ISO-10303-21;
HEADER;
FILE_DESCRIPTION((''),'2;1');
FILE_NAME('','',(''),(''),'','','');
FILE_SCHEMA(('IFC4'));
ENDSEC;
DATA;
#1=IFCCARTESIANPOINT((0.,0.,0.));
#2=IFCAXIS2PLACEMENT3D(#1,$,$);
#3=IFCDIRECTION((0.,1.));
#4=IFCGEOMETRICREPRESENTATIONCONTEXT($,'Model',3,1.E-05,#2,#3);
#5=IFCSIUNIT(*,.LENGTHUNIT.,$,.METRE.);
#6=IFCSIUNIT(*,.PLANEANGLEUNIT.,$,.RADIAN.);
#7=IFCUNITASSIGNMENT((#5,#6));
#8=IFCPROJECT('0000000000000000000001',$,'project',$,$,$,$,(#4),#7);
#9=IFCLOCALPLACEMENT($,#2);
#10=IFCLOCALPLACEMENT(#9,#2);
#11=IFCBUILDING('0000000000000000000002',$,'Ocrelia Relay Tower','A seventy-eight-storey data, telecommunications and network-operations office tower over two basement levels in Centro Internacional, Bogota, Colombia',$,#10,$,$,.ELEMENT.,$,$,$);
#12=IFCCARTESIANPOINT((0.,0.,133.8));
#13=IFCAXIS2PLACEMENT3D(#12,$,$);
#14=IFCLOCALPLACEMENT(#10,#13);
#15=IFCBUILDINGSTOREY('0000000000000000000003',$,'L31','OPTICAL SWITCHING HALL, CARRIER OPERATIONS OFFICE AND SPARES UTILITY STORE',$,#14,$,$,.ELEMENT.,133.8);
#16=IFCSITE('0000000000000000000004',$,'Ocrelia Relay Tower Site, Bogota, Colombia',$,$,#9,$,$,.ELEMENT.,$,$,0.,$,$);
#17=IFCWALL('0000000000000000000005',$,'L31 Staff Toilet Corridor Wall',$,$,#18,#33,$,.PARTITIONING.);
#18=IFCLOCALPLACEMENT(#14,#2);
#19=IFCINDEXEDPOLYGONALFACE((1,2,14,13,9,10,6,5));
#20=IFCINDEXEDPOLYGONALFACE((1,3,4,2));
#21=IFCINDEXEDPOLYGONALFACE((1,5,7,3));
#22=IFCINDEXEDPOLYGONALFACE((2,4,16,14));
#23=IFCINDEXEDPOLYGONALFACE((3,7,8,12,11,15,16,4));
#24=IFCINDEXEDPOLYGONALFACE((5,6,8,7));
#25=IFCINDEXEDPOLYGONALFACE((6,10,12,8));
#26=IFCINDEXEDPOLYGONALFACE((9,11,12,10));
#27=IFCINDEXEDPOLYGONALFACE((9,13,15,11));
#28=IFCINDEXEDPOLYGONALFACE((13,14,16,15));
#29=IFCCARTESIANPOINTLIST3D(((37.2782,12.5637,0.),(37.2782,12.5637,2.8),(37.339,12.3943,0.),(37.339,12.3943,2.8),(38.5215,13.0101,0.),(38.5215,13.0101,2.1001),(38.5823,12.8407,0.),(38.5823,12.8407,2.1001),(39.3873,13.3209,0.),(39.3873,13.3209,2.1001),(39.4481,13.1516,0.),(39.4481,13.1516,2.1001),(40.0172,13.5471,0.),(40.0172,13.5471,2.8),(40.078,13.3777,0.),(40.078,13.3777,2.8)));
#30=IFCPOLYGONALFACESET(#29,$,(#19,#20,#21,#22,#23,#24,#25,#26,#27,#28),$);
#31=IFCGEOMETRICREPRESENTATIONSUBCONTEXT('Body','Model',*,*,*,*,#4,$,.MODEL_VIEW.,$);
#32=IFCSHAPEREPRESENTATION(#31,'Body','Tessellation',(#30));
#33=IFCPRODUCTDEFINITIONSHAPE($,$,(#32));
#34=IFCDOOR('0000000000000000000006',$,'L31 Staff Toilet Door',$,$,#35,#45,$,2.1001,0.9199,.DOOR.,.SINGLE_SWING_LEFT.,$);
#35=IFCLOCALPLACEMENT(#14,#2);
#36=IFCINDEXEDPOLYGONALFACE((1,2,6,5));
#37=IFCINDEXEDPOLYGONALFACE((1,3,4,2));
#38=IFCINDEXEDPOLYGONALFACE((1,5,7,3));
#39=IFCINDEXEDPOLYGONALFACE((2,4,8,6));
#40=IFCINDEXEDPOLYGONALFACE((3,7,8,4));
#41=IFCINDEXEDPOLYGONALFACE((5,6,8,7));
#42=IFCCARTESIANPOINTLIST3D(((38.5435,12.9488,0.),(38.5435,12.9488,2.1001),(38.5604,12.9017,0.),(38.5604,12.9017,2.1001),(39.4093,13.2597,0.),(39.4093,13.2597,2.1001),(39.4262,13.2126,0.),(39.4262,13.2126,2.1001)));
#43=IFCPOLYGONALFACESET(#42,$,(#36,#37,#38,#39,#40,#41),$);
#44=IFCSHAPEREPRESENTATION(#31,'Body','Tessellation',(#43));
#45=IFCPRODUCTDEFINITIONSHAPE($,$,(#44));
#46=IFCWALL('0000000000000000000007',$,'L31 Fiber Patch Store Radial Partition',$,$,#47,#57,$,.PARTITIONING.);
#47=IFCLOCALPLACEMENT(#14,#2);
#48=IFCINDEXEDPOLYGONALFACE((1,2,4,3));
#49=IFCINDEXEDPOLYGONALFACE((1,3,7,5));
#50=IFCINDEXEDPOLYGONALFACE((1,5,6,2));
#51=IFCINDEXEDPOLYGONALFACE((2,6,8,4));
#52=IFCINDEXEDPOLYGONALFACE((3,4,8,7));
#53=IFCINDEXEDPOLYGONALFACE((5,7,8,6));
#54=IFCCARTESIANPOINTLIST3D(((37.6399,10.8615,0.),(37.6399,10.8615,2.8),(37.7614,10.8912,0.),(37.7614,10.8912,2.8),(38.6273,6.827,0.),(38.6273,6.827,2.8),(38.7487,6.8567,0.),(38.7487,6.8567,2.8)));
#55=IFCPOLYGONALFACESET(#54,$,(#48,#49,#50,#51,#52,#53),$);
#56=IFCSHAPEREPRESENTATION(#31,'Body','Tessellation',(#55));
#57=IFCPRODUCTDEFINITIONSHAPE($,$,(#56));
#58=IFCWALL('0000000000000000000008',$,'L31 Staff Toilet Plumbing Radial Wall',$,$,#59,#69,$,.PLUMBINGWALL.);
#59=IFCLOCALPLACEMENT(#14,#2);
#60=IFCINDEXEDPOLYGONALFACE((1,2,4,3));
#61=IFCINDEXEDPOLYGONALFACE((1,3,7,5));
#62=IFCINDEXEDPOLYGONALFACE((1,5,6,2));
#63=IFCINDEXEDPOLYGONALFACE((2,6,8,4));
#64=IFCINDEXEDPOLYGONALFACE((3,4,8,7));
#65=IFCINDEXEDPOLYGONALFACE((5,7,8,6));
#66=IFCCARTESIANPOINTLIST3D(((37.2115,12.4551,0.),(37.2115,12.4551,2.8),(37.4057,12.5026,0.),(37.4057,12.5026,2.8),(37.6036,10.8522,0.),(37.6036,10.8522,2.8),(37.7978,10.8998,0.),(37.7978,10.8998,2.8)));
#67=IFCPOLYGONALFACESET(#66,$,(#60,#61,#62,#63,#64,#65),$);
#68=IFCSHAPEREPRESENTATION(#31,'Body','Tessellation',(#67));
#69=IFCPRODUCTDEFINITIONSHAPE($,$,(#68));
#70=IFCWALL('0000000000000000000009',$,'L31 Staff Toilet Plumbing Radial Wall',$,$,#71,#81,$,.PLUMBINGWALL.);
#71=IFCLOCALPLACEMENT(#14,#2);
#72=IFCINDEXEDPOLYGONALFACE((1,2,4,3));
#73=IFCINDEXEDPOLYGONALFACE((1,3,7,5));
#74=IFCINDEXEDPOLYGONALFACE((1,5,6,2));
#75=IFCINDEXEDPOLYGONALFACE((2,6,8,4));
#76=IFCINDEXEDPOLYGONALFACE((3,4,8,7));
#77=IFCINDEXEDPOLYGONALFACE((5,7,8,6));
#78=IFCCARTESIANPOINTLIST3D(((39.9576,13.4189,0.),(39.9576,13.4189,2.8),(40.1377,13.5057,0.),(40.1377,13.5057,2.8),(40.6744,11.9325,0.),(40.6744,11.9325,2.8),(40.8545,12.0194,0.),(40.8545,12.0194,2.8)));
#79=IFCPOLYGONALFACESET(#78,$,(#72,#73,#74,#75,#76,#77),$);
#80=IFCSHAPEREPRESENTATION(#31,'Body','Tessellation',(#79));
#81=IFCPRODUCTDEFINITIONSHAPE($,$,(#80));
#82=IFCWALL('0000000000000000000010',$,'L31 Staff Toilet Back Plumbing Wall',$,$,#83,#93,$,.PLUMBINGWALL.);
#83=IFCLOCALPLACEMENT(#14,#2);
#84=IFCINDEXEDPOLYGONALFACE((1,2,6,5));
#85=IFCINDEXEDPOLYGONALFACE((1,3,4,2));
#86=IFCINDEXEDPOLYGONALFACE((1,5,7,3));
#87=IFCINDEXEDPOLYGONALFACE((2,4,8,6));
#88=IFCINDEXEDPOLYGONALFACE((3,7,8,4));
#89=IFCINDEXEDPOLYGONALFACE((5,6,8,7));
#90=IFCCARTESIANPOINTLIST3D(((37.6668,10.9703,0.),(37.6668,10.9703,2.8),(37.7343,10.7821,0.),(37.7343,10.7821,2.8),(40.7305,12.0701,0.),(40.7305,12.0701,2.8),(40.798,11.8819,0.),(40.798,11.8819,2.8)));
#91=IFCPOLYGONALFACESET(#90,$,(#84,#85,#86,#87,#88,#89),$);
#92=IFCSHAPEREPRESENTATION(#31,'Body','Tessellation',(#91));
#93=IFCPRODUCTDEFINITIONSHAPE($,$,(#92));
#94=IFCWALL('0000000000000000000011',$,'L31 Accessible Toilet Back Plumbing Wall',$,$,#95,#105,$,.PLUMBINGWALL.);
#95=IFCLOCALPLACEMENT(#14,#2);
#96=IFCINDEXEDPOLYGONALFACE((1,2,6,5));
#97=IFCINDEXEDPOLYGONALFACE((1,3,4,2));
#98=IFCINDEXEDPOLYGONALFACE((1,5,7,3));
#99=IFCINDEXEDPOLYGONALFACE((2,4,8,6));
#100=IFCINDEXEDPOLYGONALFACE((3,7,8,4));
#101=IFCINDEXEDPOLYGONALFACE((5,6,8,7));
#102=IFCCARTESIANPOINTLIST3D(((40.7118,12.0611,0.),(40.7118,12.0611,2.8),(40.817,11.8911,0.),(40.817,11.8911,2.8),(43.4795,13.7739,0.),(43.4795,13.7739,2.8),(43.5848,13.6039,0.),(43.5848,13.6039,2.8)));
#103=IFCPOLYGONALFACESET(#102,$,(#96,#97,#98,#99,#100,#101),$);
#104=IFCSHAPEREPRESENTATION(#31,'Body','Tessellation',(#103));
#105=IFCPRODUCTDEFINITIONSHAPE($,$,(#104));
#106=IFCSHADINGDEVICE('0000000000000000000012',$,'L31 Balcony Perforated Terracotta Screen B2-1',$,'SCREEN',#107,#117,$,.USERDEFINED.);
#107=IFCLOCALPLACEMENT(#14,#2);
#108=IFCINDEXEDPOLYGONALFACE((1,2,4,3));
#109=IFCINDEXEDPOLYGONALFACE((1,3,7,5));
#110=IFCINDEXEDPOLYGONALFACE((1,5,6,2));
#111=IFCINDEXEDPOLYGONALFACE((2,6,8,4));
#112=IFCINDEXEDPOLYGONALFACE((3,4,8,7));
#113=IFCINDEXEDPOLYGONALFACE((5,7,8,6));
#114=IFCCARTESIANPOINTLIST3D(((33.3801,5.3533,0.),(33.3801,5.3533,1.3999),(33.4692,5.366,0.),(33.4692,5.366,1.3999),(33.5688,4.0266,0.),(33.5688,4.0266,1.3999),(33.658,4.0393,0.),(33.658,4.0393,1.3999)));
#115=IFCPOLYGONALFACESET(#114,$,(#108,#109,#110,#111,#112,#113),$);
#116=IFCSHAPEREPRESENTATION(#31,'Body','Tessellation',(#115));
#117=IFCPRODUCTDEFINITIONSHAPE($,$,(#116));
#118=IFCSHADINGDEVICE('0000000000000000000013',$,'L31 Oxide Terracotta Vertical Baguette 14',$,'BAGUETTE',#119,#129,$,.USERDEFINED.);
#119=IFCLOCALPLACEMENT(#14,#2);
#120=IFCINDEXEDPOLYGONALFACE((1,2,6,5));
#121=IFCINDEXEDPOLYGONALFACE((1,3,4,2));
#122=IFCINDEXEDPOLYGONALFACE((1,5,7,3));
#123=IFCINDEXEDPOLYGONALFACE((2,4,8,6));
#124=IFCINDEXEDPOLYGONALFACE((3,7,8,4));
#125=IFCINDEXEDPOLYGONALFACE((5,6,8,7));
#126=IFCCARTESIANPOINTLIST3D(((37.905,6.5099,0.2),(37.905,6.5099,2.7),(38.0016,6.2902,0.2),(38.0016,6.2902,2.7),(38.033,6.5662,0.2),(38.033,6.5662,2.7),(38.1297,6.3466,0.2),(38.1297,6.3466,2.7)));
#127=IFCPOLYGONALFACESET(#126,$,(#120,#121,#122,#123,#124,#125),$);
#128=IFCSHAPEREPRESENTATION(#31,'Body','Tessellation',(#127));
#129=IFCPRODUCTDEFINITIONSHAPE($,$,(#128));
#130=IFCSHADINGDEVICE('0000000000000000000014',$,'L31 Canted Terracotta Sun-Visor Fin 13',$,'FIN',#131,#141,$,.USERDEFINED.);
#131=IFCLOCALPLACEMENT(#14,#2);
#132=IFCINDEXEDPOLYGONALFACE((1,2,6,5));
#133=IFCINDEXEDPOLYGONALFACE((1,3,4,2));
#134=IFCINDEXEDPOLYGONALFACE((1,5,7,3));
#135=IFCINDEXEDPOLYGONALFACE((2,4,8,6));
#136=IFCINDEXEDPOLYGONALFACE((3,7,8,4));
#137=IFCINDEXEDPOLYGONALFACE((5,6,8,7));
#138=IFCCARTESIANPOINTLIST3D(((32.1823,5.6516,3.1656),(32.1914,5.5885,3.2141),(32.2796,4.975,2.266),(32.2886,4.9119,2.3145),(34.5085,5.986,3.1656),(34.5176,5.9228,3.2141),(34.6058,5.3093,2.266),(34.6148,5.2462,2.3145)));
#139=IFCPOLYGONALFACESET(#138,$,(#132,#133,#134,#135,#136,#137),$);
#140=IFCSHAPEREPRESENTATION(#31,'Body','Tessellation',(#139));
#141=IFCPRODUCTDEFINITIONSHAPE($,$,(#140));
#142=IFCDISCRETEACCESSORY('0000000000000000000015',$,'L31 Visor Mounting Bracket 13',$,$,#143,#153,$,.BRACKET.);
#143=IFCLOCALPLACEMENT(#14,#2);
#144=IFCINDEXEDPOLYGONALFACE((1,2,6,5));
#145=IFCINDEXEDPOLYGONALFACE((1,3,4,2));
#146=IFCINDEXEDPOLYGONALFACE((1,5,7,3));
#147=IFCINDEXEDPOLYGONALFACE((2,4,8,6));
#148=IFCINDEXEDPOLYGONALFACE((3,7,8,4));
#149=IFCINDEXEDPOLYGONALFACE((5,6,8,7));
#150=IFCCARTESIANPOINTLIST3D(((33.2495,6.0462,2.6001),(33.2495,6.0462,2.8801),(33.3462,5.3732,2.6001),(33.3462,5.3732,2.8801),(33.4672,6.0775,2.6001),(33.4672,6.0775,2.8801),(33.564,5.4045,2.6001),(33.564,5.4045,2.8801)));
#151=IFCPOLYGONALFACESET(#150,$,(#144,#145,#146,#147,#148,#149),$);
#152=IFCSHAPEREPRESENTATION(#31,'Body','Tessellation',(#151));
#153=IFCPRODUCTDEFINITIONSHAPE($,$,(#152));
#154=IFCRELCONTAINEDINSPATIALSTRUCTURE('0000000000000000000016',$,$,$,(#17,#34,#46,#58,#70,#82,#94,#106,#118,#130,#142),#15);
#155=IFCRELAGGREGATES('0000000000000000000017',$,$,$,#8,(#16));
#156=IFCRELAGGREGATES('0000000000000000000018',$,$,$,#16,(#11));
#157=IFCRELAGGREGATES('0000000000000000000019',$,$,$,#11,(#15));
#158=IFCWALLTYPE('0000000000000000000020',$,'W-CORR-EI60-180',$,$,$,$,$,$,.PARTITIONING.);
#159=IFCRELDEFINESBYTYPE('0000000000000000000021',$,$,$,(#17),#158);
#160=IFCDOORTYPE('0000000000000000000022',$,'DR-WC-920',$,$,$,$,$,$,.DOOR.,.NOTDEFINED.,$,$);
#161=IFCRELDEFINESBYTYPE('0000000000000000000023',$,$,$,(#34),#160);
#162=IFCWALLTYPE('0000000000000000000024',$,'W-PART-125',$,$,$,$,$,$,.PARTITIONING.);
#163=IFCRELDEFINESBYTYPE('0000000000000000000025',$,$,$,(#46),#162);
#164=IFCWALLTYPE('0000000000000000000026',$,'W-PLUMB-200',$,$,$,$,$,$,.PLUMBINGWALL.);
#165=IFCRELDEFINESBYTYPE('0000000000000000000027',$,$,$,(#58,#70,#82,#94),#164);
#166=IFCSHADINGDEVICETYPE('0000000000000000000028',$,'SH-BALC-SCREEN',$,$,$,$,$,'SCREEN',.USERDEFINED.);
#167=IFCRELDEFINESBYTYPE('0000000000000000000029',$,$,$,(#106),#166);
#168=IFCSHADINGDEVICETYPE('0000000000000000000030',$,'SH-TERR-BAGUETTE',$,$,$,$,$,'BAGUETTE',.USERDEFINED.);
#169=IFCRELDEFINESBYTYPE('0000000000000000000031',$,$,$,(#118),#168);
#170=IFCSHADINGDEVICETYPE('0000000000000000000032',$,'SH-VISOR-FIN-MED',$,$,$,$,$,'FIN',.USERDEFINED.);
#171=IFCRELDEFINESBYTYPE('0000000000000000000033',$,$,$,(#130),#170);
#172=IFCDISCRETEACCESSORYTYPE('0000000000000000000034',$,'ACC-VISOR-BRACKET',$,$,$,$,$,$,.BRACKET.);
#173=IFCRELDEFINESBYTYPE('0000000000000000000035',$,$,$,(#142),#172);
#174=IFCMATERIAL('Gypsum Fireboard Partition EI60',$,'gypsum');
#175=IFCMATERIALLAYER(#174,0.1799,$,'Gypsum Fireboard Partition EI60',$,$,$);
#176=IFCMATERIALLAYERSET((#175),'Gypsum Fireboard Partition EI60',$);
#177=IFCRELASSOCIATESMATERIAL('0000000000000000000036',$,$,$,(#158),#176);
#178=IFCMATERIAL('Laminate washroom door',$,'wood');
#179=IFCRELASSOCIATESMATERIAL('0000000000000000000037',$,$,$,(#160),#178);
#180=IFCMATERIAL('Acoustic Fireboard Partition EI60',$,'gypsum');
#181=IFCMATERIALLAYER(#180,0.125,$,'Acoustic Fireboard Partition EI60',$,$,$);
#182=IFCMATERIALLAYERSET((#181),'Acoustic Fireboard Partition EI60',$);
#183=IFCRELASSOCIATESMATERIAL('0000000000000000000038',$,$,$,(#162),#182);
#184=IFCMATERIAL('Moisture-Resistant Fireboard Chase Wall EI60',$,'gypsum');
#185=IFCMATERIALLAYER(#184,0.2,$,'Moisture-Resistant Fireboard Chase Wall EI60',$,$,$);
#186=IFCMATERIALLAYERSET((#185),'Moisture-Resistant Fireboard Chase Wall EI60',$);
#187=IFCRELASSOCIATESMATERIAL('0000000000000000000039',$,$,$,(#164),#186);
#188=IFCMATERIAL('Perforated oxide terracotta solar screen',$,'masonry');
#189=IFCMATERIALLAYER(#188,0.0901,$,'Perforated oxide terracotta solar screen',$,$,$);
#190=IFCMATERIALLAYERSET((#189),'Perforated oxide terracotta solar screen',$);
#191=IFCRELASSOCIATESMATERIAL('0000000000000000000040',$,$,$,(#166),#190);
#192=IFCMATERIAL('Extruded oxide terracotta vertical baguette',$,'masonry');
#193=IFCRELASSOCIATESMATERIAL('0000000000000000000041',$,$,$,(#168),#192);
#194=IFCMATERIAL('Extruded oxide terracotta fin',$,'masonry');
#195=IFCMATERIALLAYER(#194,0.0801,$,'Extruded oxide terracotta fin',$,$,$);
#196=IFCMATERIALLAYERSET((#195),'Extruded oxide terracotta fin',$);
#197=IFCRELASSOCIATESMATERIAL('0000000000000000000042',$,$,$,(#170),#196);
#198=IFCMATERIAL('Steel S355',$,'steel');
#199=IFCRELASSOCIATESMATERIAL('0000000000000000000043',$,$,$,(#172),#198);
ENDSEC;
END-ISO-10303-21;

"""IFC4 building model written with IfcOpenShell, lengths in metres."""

from ifc_helpers import new_model, si_unit, direction, frame, frame_2d, origin, origin_2d, place, context, subcontext, project, spatial, rectangle, extrude, material, layer, layer_set, type_object, element, fill, save


model = new_model("IFC4")

# Units and contexts
model_context = context("Model", 3, precision=1e-05, world=origin(), true_north=direction((0.0, 1.0)))
body_context = subcontext(model_context, "Body", "Model", "MODEL_VIEW")
ifc_project = project(units=[si_unit("LENGTHUNIT", "METRE"), si_unit("PLANEANGLEUNIT", "RADIAN")], contexts=[model_context])

# Site, building, storey
site_placement = place(None, origin())
site = spatial("IfcSite", under=ifc_project, at=site_placement, Name="Ocrelia Relay Tower Site, Bogota, Colombia", CompositionType="ELEMENT", RefElevation=0.0)
building_placement = place(site_placement, origin())
building = spatial("IfcBuilding", under=site, at=building_placement, Name="Ocrelia Relay Tower", Description="A seventy-eight-storey data, telecommunications and network-operations office tower over two basement levels in Centro Internacional, Bogota, Colombia", CompositionType="ELEMENT")
storey_placement = place(building_placement, frame((0.0, 0.0, 133.8)))
storey = spatial("IfcBuildingStorey", under=building, at=storey_placement, Name="L31", Description="OPTICAL SWITCHING HALL, CARRIER OPERATIONS OFFICE AND SPARES UTILITY STORE", CompositionType="ELEMENT", Elevation=133.8)

# Shared definitions
ifc_material_1 = material(Name="Steel S355", Category="steel")

# Wall, opening, door
ifc_material_2 = material(Name="Gypsum Fireboard Partition EI60", Category="gypsum")
ifc_layer_1 = layer(ifc_material_2, 0.1799, Name="Gypsum Fireboard Partition EI60")
ifc_layer_set_1 = layer_set([ifc_layer_1], Name="Gypsum Fireboard Partition EI60")
wall_type_1 = type_object("IfcWallType", Name="W-CORR-EI60-180", PredefinedType="PARTITIONING", material=ifc_layer_set_1)
wall_1_placement = place(storey_placement, frame((37.3086, 12.479, 0.0), z_axis=(0.0, 0.0, 1.0), x_axis=(0.941177, 0.337914, 0.0)))
wall_1 = element("IfcWall", 1, at=wall_1_placement, inside=storey, type_object=wall_type_1, Name="L31 Staff Toilet Corridor Wall", PredefinedType="PARTITIONING", context=body_context, shape_type="SweptSolid", body=[
    extrude(rectangle(XDim=2.9102, YDim=0.1799, at=frame_2d((1.4551, 0.0))), origin(), (0.0, 0.0, 1.0), 2.8),
])
opening_1_placement = place(wall_1_placement, frame((1.321, 0.0, 0.0)))
opening_1 = element("IfcOpeningElement", 2, at=opening_1_placement, cuts=wall_1, PredefinedType="OPENING", context=body_context, shape_type="SweptSolid", body=[
    extrude(rectangle(XDim=0.9199, YDim=2.1001, at=frame_2d((0.46, 1.05))), frame((0.0, 0.1001, 0.0), z_axis=(0.0, -1.0, 0.0), x_axis=(1.0, 0.0, 0.0)), (0.0, 0.0, 1.0), 0.2),
])
ifc_material_3 = material(Name="Laminate washroom door", Category="wood")
door_type_1 = type_object("IfcDoorType", Name="DR-WC-920", OperationType="NOTDEFINED", PredefinedType="DOOR", material=ifc_material_3)
door_1_placement = place(opening_1_placement, origin())
door_1 = element("IfcDoor", 3, at=door_1_placement, inside=storey, type_object=door_type_1, Name="L31 Staff Toilet Door", OperationType="SINGLE_SWING_LEFT", OverallHeight=2.1001, OverallWidth=0.9199, PredefinedType="DOOR", context=body_context, shape_type="SweptSolid", body=[
    extrude(rectangle(XDim=0.9199, YDim=2.1001, at=frame_2d((0.46, 1.05))), frame((0.0, 0.0249, 0.0), z_axis=(0.0, -1.0, 0.0), x_axis=(1.0, 0.0, 0.0)), (0.0, 0.0, 1.0), 0.05),
])
fill(opening_1, door_1)

# Walls
ifc_material_4 = material(Name="Acoustic Fireboard Partition EI60", Category="gypsum")
ifc_layer_2 = layer(ifc_material_4, 0.125, Name="Acoustic Fireboard Partition EI60")
ifc_layer_set_2 = layer_set([ifc_layer_2], Name="Acoustic Fireboard Partition EI60")
wall_type_2 = type_object("IfcWallType", Name="W-PART-125", PredefinedType="PARTITIONING", material=ifc_layer_set_2)
wall_2_placement = place(storey_placement, frame((37.7007, 10.8762, 0.0), z_axis=(0.0, 0.0, 1.0), x_axis=(0.237706, -0.971337, 0.0)))
element("IfcWall", 4, at=wall_2_placement, inside=storey, type_object=wall_type_2, Name="L31 Fiber Patch Store Radial Partition", PredefinedType="PARTITIONING", context=body_context, shape_type="SweptSolid", body=[
    extrude(rectangle(XDim=4.1536, YDim=0.125, at=frame_2d((2.0767, 0.0))), origin(), (0.0, 0.0, 1.0), 2.8),
])
ifc_material_5 = material(Name="Moisture-Resistant Fireboard Chase Wall EI60", Category="gypsum")
ifc_layer_3 = layer(ifc_material_5, 0.2, Name="Moisture-Resistant Fireboard Chase Wall EI60")
ifc_layer_set_3 = layer_set([ifc_layer_3], Name="Moisture-Resistant Fireboard Chase Wall EI60")
wall_type_3 = type_object("IfcWallType", Name="W-PLUMB-200", PredefinedType="PLUMBINGWALL", material=ifc_layer_set_3)
for number, where, z_axis, x_axis, name in (
    (5, (37.3086, 12.479, 0.0), (0.0, 0.0, 1.0), (0.237624, -0.971357, 0.0), "L31 Staff Toilet Plumbing Radial Wall"),
    (6, (40.0476, 13.4624, 0.0), (0.0, 0.0, 1.0), (0.434385, -0.900727, 0.0), "L31 Staff Toilet Plumbing Radial Wall"),
):
    element("IfcWall", number, at=place(storey_placement, frame(where, z_axis=z_axis, x_axis=x_axis)), inside=storey, type_object=wall_type_3, Name=name, PredefinedType="PLUMBINGWALL", context=body_context, shape_type="SweptSolid", body=[
        extrude(rectangle(XDim=1.6501, YDim=0.2, at=frame_2d((0.8252, 0.0))), origin(), (0.0, 0.0, 1.0), 2.8),
    ])
wall_3_placement = place(storey_placement, frame((37.7007, 10.8762, 0.0), z_axis=(0.0, 0.0, 1.0), x_axis=(0.941189, 0.33788, 0.0)))
element("IfcWall", 7, at=wall_3_placement, inside=storey, type_object=wall_type_3, Name="L31 Staff Toilet Back Plumbing Wall", PredefinedType="PLUMBINGWALL", context=body_context, shape_type="SweptSolid", body=[
    extrude(rectangle(XDim=3.2551, YDim=0.2, at=frame_2d((1.6274, 0.0))), origin(), (0.0, 0.0, 1.0), 2.8),
])
wall_4_placement = place(storey_placement, frame((40.7644, 11.9761, 0.0), z_axis=(0.0, 0.0, 1.0), x_axis=(0.850337, 0.526238, 0.0)))
element("IfcWall", 8, at=wall_4_placement, inside=storey, type_object=wall_type_3, Name="L31 Accessible Toilet Back Plumbing Wall", PredefinedType="PLUMBINGWALL", context=body_context, shape_type="SweptSolid", body=[
    extrude(rectangle(XDim=3.2549, YDim=0.2, at=frame_2d((1.6274, 0.0))), origin(), (0.0, 0.0, 1.0), 2.8),
])

# Shading devices
ifc_material_6 = material(Name="Perforated oxide terracotta solar screen", Category="masonry")
ifc_layer_4 = layer(ifc_material_6, 0.0901, Name="Perforated oxide terracotta solar screen")
ifc_layer_set_4 = layer_set([ifc_layer_4], Name="Perforated oxide terracotta solar screen")
shading_device_type_1 = type_object("IfcShadingDeviceType", Name="SH-BALC-SCREEN", ElementType="SCREEN", PredefinedType="USERDEFINED", material=ifc_layer_set_4)
shading_device_1_placement = place(storey_placement, frame((33.519, 4.6963, 0.0), z_axis=(0.0, 0.0, 1.0), x_axis=(0.140879, -0.990027, 0.0)))
element("IfcShadingDevice", 9, at=shading_device_1_placement, inside=storey, type_object=shading_device_type_1, Name="L31 Balcony Perforated Terracotta Screen B2-1", ObjectType="SCREEN", PredefinedType="USERDEFINED", context=body_context, shape_type="SweptSolid", body=[
    extrude(rectangle(XDim=1.3401, YDim=0.0901, at=origin_2d()), origin(), (0.0, 0.0, 1.0), 1.3999),
])
ifc_material_7 = material(Name="Extruded oxide terracotta vertical baguette", Category="masonry")
shading_device_type_2 = type_object("IfcShadingDeviceType", Name="SH-TERR-BAGUETTE", ElementType="BAGUETTE", PredefinedType="USERDEFINED", material=ifc_material_7)
shading_device_2_placement = place(storey_placement, frame((38.0173, 6.4282, 0.2), z_axis=(0.0, 0.0, 1.0), x_axis=(0.915312, 0.402745, 0.0)))
element("IfcShadingDevice", 10, at=shading_device_2_placement, inside=storey, type_object=shading_device_type_2, Name="L31 Oxide Terracotta Vertical Baguette 14", ObjectType="BAGUETTE", PredefinedType="USERDEFINED", context=body_context, shape_type="SweptSolid", body=[
    extrude(rectangle(XDim=0.1399, YDim=0.24, at=origin_2d()), origin(), (0.0, 0.0, 1.0), 2.5),
])
ifc_material_8 = material(Name="Extruded oxide terracotta fin", Category="masonry")
ifc_layer_5 = layer(ifc_material_8, 0.0801, Name="Extruded oxide terracotta fin")
ifc_layer_set_5 = layer_set([ifc_layer_5], Name="Extruded oxide terracotta fin")
shading_device_type_3 = type_object("IfcShadingDeviceType", Name="SH-VISOR-FIN-MED", ElementType="FIN", PredefinedType="USERDEFINED", material=ifc_layer_set_5)
shading_device_3_placement = place(storey_placement, frame((33.394, 5.4805, 2.7158), z_axis=(0.113269, -0.788115, 0.605016), x_axis=(0.989829, 0.142259, 0.0)))
element("IfcShadingDevice", 11, at=shading_device_3_placement, inside=storey, type_object=shading_device_type_3, Name="L31 Canted Terracotta Sun-Visor Fin 13", ObjectType="FIN", PredefinedType="USERDEFINED", context=body_context, shape_type="SweptSolid", body=[
    extrude(rectangle(XDim=2.3501, YDim=1.1299, at=origin_2d()), origin(), (0.0, 0.0, 1.0), 0.0801),
])

# Discrete accessory
discrete_accessory_type = type_object("IfcDiscreteAccessoryType", Name="ACC-VISOR-BRACKET", PredefinedType="BRACKET", material=ifc_material_1)
discrete_accessory_placement = place(storey_placement, frame((33.4067, 5.7253, 2.6001), z_axis=(0.0, 0.0, 1.0), x_axis=(0.989829, 0.142259, 0.0)))
element("IfcDiscreteAccessory", 12, at=discrete_accessory_placement, inside=storey, type_object=discrete_accessory_type, Name="L31 Visor Mounting Bracket 13", PredefinedType="BRACKET", context=body_context, shape_type="SweptSolid", body=[
    extrude(rectangle(XDim=0.22, YDim=0.6799, at=origin_2d()), origin(), (0.0, 0.0, 1.0), 0.28),
])

save(model, "model.ifc")
